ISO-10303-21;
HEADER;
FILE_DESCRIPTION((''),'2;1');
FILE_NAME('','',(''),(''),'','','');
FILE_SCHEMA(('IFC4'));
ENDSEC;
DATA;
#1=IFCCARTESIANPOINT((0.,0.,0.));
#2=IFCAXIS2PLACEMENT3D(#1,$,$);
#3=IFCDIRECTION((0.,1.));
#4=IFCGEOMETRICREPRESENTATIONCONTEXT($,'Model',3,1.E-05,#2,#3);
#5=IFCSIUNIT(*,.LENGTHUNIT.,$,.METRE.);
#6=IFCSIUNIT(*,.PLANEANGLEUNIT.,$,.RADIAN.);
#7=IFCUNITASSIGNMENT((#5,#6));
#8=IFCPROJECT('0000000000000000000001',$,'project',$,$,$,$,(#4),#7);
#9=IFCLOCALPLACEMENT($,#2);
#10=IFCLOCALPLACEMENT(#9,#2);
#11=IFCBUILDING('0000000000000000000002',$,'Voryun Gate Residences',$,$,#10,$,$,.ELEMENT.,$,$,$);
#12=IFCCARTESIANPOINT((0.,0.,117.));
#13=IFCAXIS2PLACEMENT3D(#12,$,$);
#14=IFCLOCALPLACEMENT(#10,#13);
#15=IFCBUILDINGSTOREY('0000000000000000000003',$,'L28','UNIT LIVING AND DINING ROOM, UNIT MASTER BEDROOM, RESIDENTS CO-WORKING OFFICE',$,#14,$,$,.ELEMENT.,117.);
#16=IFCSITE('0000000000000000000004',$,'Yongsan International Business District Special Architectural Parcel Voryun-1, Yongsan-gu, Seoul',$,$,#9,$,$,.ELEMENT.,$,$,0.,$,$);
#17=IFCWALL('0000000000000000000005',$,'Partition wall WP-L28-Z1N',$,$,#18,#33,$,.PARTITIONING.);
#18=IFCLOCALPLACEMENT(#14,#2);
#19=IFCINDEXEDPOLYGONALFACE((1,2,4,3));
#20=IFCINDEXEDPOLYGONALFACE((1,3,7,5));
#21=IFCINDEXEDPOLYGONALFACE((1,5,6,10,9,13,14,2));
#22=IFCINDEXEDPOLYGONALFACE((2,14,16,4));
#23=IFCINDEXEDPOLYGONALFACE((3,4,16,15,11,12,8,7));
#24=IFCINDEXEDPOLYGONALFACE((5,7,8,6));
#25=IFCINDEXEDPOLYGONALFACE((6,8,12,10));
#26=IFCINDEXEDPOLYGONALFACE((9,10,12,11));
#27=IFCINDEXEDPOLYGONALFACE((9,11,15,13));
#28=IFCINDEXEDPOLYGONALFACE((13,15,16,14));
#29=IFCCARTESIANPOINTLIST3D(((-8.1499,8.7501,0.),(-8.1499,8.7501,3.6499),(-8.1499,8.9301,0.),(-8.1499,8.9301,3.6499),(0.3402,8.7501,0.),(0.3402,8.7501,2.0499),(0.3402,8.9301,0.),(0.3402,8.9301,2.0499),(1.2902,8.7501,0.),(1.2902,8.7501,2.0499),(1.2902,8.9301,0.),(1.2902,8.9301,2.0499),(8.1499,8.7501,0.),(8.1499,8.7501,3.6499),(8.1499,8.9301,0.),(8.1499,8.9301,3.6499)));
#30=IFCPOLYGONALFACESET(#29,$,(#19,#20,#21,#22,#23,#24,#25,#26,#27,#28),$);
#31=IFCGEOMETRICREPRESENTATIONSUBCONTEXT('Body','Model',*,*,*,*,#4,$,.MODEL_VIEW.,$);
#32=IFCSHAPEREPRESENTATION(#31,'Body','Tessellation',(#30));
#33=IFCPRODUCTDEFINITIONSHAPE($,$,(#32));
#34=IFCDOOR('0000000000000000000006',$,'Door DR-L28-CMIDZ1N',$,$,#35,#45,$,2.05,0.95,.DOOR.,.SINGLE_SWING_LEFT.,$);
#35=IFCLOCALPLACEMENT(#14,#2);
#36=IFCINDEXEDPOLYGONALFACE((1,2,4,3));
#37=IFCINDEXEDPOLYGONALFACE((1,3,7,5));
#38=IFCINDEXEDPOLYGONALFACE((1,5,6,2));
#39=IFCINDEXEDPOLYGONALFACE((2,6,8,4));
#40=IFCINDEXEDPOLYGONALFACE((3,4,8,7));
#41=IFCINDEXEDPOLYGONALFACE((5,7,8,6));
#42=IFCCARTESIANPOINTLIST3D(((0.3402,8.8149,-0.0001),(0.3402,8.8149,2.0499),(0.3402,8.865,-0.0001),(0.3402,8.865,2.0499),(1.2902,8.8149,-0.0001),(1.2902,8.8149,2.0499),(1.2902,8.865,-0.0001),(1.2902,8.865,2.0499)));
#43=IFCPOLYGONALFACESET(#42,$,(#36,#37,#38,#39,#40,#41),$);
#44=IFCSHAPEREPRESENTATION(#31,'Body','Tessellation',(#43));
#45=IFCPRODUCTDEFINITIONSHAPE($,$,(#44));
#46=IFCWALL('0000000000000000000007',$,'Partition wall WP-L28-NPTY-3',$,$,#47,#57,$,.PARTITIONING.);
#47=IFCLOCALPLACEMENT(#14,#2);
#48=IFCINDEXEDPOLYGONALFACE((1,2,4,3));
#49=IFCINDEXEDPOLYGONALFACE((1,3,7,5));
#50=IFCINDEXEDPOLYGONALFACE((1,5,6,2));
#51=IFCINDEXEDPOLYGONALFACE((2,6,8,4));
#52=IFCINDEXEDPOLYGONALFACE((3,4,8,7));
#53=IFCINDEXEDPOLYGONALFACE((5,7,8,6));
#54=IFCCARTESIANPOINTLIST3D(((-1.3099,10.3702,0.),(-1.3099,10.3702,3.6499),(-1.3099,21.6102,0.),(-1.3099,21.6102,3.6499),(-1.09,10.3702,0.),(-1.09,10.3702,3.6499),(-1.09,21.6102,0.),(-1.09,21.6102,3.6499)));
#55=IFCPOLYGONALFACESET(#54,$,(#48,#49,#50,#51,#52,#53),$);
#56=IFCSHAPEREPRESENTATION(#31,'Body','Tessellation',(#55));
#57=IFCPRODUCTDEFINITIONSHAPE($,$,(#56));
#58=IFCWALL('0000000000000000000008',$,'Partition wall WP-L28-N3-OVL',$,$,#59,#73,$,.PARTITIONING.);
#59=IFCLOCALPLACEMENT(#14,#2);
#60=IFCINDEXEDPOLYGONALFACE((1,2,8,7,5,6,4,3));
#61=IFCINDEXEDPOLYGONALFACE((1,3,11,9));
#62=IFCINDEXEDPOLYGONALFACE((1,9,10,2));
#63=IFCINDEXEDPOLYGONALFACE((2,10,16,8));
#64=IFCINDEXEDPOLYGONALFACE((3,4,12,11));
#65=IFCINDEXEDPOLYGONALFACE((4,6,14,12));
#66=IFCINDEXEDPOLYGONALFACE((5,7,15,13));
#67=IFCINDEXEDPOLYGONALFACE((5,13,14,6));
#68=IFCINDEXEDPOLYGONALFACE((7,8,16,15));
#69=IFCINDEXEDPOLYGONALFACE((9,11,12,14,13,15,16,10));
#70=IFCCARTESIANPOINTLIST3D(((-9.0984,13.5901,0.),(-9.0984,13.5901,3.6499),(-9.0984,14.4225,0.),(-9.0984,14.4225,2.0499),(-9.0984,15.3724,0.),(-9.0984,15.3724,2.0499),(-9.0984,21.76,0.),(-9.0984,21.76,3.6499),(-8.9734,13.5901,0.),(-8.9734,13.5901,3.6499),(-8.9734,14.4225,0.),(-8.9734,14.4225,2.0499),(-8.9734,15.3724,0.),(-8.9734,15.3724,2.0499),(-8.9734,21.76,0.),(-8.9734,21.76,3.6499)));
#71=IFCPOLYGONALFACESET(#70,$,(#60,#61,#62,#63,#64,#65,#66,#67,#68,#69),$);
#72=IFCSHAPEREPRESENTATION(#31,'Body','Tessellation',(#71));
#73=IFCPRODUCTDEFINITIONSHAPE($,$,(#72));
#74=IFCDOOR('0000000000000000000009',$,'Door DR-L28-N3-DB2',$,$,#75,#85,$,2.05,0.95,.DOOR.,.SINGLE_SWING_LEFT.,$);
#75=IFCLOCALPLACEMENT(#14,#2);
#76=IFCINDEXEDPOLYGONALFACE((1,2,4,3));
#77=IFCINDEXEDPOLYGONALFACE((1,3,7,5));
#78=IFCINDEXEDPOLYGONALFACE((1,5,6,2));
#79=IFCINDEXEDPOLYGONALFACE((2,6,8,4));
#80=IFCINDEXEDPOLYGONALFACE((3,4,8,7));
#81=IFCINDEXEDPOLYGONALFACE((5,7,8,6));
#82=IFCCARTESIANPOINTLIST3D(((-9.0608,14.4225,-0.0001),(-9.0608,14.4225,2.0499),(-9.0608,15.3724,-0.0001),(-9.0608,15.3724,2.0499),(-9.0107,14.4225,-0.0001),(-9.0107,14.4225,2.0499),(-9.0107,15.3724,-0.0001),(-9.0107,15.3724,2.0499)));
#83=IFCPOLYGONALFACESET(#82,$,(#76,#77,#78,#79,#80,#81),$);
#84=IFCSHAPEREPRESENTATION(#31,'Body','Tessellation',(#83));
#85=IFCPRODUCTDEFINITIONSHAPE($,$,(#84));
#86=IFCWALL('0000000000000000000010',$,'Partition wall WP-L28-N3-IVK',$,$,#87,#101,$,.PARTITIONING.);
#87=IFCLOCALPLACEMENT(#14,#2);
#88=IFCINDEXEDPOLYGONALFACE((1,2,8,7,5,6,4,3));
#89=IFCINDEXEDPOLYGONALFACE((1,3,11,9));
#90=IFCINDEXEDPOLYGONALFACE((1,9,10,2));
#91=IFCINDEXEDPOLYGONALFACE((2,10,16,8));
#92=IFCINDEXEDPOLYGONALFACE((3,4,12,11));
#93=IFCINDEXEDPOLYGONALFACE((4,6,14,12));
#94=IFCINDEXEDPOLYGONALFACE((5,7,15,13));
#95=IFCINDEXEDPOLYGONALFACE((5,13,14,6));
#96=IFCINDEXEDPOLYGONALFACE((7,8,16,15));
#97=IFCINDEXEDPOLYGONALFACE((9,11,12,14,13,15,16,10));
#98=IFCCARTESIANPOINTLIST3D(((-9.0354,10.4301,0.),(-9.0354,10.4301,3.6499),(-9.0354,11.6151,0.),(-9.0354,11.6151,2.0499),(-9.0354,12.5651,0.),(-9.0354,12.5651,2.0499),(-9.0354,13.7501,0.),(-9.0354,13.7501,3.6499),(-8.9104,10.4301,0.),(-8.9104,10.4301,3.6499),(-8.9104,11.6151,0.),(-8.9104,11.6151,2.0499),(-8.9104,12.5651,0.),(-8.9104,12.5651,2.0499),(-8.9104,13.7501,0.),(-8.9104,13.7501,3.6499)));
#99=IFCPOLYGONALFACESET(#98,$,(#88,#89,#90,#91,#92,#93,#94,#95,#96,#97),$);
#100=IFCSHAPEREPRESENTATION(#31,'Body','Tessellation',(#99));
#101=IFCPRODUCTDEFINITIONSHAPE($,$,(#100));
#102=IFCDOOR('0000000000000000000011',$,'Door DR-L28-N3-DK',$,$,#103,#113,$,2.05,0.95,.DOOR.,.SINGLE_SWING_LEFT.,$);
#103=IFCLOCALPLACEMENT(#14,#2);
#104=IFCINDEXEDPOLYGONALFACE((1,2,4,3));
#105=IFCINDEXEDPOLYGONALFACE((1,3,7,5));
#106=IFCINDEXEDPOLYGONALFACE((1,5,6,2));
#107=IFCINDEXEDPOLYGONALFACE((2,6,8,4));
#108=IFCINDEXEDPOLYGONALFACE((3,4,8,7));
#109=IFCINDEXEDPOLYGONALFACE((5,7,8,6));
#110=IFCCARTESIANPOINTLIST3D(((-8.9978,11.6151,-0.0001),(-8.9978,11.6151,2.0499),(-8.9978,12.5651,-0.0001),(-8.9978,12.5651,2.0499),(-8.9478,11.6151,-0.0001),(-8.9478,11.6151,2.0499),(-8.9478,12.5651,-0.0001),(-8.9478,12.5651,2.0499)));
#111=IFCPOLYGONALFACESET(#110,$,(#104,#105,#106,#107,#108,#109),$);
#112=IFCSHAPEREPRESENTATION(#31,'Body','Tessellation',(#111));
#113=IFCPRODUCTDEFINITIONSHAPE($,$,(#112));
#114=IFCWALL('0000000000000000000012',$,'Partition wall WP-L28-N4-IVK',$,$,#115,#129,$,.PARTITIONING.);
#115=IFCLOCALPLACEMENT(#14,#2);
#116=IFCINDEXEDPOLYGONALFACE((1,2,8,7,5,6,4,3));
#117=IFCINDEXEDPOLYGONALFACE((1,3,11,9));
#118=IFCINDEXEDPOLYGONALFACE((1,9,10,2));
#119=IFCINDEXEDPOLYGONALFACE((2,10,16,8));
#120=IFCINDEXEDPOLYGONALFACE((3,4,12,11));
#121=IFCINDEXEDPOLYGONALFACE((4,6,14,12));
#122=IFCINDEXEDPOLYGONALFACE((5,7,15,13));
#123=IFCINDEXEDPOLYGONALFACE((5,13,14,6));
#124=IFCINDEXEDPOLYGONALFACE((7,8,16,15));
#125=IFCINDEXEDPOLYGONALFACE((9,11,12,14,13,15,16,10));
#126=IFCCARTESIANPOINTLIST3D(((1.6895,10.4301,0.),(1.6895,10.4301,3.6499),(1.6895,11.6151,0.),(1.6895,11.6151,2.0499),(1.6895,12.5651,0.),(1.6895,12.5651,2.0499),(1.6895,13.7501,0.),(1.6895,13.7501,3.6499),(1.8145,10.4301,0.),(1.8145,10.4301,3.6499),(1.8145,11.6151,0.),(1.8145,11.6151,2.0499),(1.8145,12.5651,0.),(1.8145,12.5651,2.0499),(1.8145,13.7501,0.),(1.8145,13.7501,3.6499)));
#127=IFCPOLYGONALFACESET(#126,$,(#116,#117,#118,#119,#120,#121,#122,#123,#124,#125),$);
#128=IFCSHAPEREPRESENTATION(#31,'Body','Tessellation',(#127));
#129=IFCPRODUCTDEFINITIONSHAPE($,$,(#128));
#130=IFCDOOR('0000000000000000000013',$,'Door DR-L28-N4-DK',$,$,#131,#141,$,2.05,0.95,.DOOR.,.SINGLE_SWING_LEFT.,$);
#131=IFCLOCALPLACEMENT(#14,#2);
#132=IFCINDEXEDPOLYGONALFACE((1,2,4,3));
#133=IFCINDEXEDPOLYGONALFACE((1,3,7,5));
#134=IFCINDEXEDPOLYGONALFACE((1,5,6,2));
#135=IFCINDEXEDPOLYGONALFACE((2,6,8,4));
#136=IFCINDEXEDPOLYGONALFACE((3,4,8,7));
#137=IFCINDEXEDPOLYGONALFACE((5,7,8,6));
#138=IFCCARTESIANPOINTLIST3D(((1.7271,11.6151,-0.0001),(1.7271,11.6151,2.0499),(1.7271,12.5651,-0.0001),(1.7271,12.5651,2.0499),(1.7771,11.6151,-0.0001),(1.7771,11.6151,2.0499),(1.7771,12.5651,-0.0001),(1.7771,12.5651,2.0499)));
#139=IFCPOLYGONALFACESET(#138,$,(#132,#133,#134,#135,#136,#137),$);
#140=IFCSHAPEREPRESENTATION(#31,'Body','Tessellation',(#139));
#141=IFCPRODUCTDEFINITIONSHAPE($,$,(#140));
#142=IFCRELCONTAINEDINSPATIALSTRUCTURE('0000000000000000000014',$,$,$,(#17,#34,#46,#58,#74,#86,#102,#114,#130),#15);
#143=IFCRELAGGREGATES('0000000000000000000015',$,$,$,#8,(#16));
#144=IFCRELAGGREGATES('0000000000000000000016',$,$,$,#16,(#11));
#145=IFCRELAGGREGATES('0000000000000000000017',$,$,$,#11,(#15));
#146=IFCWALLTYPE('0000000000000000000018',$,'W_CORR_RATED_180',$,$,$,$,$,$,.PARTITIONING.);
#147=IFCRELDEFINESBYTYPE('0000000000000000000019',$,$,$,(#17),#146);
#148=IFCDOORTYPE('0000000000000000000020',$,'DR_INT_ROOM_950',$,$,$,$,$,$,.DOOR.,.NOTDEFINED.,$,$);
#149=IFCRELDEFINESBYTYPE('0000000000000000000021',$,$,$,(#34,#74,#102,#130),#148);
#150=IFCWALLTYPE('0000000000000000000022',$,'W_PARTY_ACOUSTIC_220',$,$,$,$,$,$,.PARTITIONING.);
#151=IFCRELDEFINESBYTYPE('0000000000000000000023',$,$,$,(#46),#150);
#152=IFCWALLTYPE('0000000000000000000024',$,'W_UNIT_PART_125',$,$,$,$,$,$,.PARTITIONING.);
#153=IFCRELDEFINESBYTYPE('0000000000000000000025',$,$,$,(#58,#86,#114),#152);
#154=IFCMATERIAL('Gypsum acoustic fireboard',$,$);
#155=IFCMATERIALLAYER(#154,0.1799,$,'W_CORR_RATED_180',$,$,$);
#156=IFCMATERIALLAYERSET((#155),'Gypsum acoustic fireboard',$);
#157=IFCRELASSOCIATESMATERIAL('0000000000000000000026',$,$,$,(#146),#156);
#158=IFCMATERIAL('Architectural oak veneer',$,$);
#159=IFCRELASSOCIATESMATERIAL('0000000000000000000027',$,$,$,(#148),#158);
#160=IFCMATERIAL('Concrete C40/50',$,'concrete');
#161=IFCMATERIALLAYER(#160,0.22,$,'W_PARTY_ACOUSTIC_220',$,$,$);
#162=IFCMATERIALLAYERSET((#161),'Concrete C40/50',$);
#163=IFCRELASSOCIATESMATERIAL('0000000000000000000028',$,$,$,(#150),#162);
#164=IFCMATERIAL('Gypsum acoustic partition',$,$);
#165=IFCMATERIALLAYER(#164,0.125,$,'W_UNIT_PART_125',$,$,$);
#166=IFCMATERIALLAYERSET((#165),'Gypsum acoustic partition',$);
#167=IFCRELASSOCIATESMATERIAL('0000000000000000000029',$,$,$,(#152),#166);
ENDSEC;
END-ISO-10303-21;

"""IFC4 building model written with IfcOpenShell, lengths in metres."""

from ifc_helpers import new_model, si_unit, direction, frame, frame_2d, origin, place, context, subcontext, project, spatial, rectangle, extrude, material, layer, layer_set, type_object, element, fill, save


model = new_model("IFC4")

# Units and contexts
model_context = context("Model", 3, precision=1e-05, world=origin(), true_north=direction((0.0, 1.0)))
body_context = subcontext(model_context, "Body", "Model", "MODEL_VIEW")
ifc_project = project(units=[si_unit("LENGTHUNIT", "METRE"), si_unit("PLANEANGLEUNIT", "RADIAN")], contexts=[model_context])

# Site, building, storey
site_placement = place(None, origin())
site = spatial("IfcSite", under=ifc_project, at=site_placement, Name="Yongsan International Business District Special Architectural Parcel Voryun-1, Yongsan-gu, Seoul", CompositionType="ELEMENT", RefElevation=0.0)
building_placement = place(site_placement, origin())
building = spatial("IfcBuilding", under=site, at=building_placement, Name="Voryun Gate Residences", CompositionType="ELEMENT")
storey_placement = place(building_placement, frame((0.0, 0.0, 117.0)))
storey = spatial("IfcBuildingStorey", under=building, at=storey_placement, Name="L28", Description="UNIT LIVING AND DINING ROOM, UNIT MASTER BEDROOM, RESIDENTS CO-WORKING OFFICE", CompositionType="ELEMENT", Elevation=117.0)

# Wall, opening, door
ifc_material_1 = material(Name="Gypsum acoustic fireboard")
ifc_layer_1 = layer(ifc_material_1, 0.1799, Name="W_CORR_RATED_180")
ifc_layer_set_1 = layer_set([ifc_layer_1], Name="Gypsum acoustic fireboard")
wall_type_1 = type_object("IfcWallType", Name="W_CORR_RATED_180", PredefinedType="PARTITIONING", material=ifc_layer_set_1)
wall_1_placement = place(storey_placement, frame((-8.1499, 8.8401, 0.0), z_axis=(0.0, 0.0, 1.0), x_axis=(1.0, 0.0, 0.0)))
wall_1 = element("IfcWall", 1, at=wall_1_placement, inside=storey, type_object=wall_type_1, Name="Partition wall WP-L28-Z1N", PredefinedType="PARTITIONING", context=body_context, shape_type="SweptSolid", body=[
    extrude(rectangle(XDim=16.2998, YDim=0.1799, at=frame_2d((8.1499, 0.0))), origin(), (0.0, 0.0, 1.0), 3.6499),
])
opening_1_placement = place(wall_1_placement, frame((8.49, 0.0, 0.0)))
opening_1 = element("IfcOpeningElement", 2, at=opening_1_placement, cuts=wall_1, PredefinedType="OPENING", context=body_context, shape_type="SweptSolid", body=[
    extrude(rectangle(XDim=0.95, YDim=2.05, at=frame_2d((0.4751, 1.0249))), frame((0.0, 0.0999, 0.0), z_axis=(0.0, -1.0, 0.0), x_axis=(1.0, 0.0, 0.0)), (0.0, 0.0, 1.0), 0.2),
])
ifc_material_2 = material(Name="Architectural oak veneer")
door_type_1 = type_object("IfcDoorType", Name="DR_INT_ROOM_950", OperationType="NOTDEFINED", PredefinedType="DOOR", material=ifc_material_2)
door_1_placement = place(opening_1_placement, origin())
door_1 = element("IfcDoor", 3, at=door_1_placement, inside=storey, type_object=door_type_1, Name="Door DR-L28-CMIDZ1N", OperationType="SINGLE_SWING_LEFT", OverallHeight=2.05, OverallWidth=0.95, PredefinedType="DOOR", context=body_context, shape_type="SweptSolid", body=[
    extrude(rectangle(XDim=0.95, YDim=2.05, at=frame_2d((0.4751, 1.0249))), frame((0.0, 0.0249, 0.0), z_axis=(0.0, -1.0, 0.0), x_axis=(1.0, 0.0, 0.0)), (0.0, 0.0, 1.0), 0.05),
])
fill(opening_1, door_1)

# Wall
ifc_material_3 = material(Name="Concrete C40/50", Category="concrete")
ifc_layer_2 = layer(ifc_material_3, 0.22, Name="W_PARTY_ACOUSTIC_220")
ifc_layer_set_2 = layer_set([ifc_layer_2], Name="Concrete C40/50")
wall_type_2 = type_object("IfcWallType", Name="W_PARTY_ACOUSTIC_220", PredefinedType="PARTITIONING", material=ifc_layer_set_2)
wall_2_placement = place(storey_placement, frame((-1.2, 10.3701, 0.0), z_axis=(0.0, 0.0, 1.0), x_axis=(0.0, 1.0, 0.0)))
element("IfcWall", 4, at=wall_2_placement, inside=storey, type_object=wall_type_2, Name="Partition wall WP-L28-NPTY-3", PredefinedType="PARTITIONING", context=body_context, shape_type="SweptSolid", body=[
    extrude(rectangle(XDim=11.24, YDim=0.22, at=frame_2d((5.6201, 0.0))), origin(), (0.0, 0.0, 1.0), 3.6499),
])

# Walls, openings, doors
ifc_material_4 = material(Name="Gypsum acoustic partition")
ifc_layer_3 = layer(ifc_material_4, 0.125, Name="W_UNIT_PART_125")
ifc_layer_set_3 = layer_set([ifc_layer_3], Name="Gypsum acoustic partition")
wall_type_3 = type_object("IfcWallType", Name="W_UNIT_PART_125", PredefinedType="PARTITIONING", material=ifc_layer_set_3)
wall_3_placement = place(storey_placement, frame((-9.0359, 13.5901, 0.0), z_axis=(0.0, 0.0, 1.0), x_axis=(0.0, 1.0, 0.0)))
wall_3 = element("IfcWall", 5, at=wall_3_placement, inside=storey, type_object=wall_type_3, Name="Partition wall WP-L28-N3-OVL", PredefinedType="PARTITIONING", context=body_context, shape_type="SweptSolid", body=[
    extrude(rectangle(XDim=8.1699, YDim=0.125, at=frame_2d((4.085, 0.0))), origin(), (0.0, 0.0, 1.0), 3.6499),
])
opening_2_placement = place(wall_3_placement, frame((0.8323, 0.0, 0.0)))
opening_2 = element("IfcOpeningElement", 6, at=opening_2_placement, cuts=wall_3, PredefinedType="OPENING", context=body_context, shape_type="SweptSolid", body=[
    extrude(rectangle(XDim=0.95, YDim=2.05, at=frame_2d((0.4751, 1.0249))), frame((0.0, 0.0725, 0.0), z_axis=(0.0, -1.0, 0.0), x_axis=(1.0, 0.0, 0.0)), (0.0, 0.0, 1.0), 0.145),
])
door_2_placement = place(opening_2_placement, origin())
door_2 = element("IfcDoor", 7, at=door_2_placement, inside=storey, type_object=door_type_1, Name="Door DR-L28-N3-DB2", OperationType="SINGLE_SWING_LEFT", OverallHeight=2.05, OverallWidth=0.95, PredefinedType="DOOR", context=body_context, shape_type="SweptSolid", body=[
    extrude(rectangle(XDim=0.95, YDim=2.05, at=frame_2d((0.4751, 1.0249))), frame((0.0, 0.0249, 0.0), z_axis=(0.0, -1.0, 0.0), x_axis=(1.0, 0.0, 0.0)), (0.0, 0.0, 1.0), 0.05),
])
fill(opening_2, door_2)
wall_4_placement = place(storey_placement, frame((-8.9729, 10.4299, 0.0), z_axis=(0.0, 0.0, 1.0), x_axis=(0.0, 1.0, 0.0)))
wall_4 = element("IfcWall", 8, at=wall_4_placement, inside=storey, type_object=wall_type_3, Name="Partition wall WP-L28-N3-IVK", PredefinedType="PARTITIONING", context=body_context, shape_type="SweptSolid", body=[
    extrude(rectangle(XDim=3.3201, YDim=0.125, at=frame_2d((1.6602, 0.0))), origin(), (0.0, 0.0, 1.0), 3.6499),
])
opening_3_placement = place(wall_4_placement, frame((1.1851, 0.0, 0.0)))
opening_3 = element("IfcOpeningElement", 9, at=opening_3_placement, cuts=wall_4, PredefinedType="OPENING", context=body_context, shape_type="SweptSolid", body=[
    extrude(rectangle(XDim=0.95, YDim=2.05, at=frame_2d((0.4751, 1.0249))), frame((0.0, 0.0725, 0.0), z_axis=(0.0, -1.0, 0.0), x_axis=(1.0, 0.0, 0.0)), (0.0, 0.0, 1.0), 0.145),
])
door_3_placement = place(opening_3_placement, origin())
door_3 = element("IfcDoor", 10, at=door_3_placement, inside=storey, type_object=door_type_1, Name="Door DR-L28-N3-DK", OperationType="SINGLE_SWING_LEFT", OverallHeight=2.05, OverallWidth=0.95, PredefinedType="DOOR", context=body_context, shape_type="SweptSolid", body=[
    extrude(rectangle(XDim=0.95, YDim=2.05, at=frame_2d((0.4751, 1.0249))), frame((0.0, 0.0249, 0.0), z_axis=(0.0, -1.0, 0.0), x_axis=(1.0, 0.0, 0.0)), (0.0, 0.0, 1.0), 0.05),
])
fill(opening_3, door_3)
wall_5_placement = place(storey_placement, frame((1.752, 10.4299, 0.0), z_axis=(0.0, 0.0, 1.0), x_axis=(0.0, 1.0, 0.0)))
wall_5 = element("IfcWall", 11, at=wall_5_placement, inside=storey, type_object=wall_type_3, Name="Partition wall WP-L28-N4-IVK", PredefinedType="PARTITIONING", context=body_context, shape_type="SweptSolid", body=[
    extrude(rectangle(XDim=3.3201, YDim=0.125, at=frame_2d((1.6602, 0.0))), origin(), (0.0, 0.0, 1.0), 3.6499),
])
opening_4_placement = place(wall_5_placement, frame((1.1851, 0.0, 0.0)))
opening_4 = element("IfcOpeningElement", 12, at=opening_4_placement, cuts=wall_5, PredefinedType="OPENING", context=body_context, shape_type="SweptSolid", body=[
    extrude(rectangle(XDim=0.95, YDim=2.05, at=frame_2d((0.4751, 1.0249))), frame((0.0, 0.0725, 0.0), z_axis=(0.0, -1.0, 0.0), x_axis=(1.0, 0.0, 0.0)), (0.0, 0.0, 1.0), 0.145),
])
door_4_placement = place(opening_4_placement, origin())
door_4 = element("IfcDoor", 13, at=door_4_placement, inside=storey, type_object=door_type_1, Name="Door DR-L28-N4-DK", OperationType="SINGLE_SWING_LEFT", OverallHeight=2.05, OverallWidth=0.95, PredefinedType="DOOR", context=body_context, shape_type="SweptSolid", body=[
    extrude(rectangle(XDim=0.95, YDim=2.05, at=frame_2d((0.4751, 1.0249))), frame((0.0, 0.0249, 0.0), z_axis=(0.0, -1.0, 0.0), x_axis=(1.0, 0.0, 0.0)), (0.0, 0.0, 1.0), 0.05),
])
fill(opening_4, door_4)

save(model, "model.ifc")
